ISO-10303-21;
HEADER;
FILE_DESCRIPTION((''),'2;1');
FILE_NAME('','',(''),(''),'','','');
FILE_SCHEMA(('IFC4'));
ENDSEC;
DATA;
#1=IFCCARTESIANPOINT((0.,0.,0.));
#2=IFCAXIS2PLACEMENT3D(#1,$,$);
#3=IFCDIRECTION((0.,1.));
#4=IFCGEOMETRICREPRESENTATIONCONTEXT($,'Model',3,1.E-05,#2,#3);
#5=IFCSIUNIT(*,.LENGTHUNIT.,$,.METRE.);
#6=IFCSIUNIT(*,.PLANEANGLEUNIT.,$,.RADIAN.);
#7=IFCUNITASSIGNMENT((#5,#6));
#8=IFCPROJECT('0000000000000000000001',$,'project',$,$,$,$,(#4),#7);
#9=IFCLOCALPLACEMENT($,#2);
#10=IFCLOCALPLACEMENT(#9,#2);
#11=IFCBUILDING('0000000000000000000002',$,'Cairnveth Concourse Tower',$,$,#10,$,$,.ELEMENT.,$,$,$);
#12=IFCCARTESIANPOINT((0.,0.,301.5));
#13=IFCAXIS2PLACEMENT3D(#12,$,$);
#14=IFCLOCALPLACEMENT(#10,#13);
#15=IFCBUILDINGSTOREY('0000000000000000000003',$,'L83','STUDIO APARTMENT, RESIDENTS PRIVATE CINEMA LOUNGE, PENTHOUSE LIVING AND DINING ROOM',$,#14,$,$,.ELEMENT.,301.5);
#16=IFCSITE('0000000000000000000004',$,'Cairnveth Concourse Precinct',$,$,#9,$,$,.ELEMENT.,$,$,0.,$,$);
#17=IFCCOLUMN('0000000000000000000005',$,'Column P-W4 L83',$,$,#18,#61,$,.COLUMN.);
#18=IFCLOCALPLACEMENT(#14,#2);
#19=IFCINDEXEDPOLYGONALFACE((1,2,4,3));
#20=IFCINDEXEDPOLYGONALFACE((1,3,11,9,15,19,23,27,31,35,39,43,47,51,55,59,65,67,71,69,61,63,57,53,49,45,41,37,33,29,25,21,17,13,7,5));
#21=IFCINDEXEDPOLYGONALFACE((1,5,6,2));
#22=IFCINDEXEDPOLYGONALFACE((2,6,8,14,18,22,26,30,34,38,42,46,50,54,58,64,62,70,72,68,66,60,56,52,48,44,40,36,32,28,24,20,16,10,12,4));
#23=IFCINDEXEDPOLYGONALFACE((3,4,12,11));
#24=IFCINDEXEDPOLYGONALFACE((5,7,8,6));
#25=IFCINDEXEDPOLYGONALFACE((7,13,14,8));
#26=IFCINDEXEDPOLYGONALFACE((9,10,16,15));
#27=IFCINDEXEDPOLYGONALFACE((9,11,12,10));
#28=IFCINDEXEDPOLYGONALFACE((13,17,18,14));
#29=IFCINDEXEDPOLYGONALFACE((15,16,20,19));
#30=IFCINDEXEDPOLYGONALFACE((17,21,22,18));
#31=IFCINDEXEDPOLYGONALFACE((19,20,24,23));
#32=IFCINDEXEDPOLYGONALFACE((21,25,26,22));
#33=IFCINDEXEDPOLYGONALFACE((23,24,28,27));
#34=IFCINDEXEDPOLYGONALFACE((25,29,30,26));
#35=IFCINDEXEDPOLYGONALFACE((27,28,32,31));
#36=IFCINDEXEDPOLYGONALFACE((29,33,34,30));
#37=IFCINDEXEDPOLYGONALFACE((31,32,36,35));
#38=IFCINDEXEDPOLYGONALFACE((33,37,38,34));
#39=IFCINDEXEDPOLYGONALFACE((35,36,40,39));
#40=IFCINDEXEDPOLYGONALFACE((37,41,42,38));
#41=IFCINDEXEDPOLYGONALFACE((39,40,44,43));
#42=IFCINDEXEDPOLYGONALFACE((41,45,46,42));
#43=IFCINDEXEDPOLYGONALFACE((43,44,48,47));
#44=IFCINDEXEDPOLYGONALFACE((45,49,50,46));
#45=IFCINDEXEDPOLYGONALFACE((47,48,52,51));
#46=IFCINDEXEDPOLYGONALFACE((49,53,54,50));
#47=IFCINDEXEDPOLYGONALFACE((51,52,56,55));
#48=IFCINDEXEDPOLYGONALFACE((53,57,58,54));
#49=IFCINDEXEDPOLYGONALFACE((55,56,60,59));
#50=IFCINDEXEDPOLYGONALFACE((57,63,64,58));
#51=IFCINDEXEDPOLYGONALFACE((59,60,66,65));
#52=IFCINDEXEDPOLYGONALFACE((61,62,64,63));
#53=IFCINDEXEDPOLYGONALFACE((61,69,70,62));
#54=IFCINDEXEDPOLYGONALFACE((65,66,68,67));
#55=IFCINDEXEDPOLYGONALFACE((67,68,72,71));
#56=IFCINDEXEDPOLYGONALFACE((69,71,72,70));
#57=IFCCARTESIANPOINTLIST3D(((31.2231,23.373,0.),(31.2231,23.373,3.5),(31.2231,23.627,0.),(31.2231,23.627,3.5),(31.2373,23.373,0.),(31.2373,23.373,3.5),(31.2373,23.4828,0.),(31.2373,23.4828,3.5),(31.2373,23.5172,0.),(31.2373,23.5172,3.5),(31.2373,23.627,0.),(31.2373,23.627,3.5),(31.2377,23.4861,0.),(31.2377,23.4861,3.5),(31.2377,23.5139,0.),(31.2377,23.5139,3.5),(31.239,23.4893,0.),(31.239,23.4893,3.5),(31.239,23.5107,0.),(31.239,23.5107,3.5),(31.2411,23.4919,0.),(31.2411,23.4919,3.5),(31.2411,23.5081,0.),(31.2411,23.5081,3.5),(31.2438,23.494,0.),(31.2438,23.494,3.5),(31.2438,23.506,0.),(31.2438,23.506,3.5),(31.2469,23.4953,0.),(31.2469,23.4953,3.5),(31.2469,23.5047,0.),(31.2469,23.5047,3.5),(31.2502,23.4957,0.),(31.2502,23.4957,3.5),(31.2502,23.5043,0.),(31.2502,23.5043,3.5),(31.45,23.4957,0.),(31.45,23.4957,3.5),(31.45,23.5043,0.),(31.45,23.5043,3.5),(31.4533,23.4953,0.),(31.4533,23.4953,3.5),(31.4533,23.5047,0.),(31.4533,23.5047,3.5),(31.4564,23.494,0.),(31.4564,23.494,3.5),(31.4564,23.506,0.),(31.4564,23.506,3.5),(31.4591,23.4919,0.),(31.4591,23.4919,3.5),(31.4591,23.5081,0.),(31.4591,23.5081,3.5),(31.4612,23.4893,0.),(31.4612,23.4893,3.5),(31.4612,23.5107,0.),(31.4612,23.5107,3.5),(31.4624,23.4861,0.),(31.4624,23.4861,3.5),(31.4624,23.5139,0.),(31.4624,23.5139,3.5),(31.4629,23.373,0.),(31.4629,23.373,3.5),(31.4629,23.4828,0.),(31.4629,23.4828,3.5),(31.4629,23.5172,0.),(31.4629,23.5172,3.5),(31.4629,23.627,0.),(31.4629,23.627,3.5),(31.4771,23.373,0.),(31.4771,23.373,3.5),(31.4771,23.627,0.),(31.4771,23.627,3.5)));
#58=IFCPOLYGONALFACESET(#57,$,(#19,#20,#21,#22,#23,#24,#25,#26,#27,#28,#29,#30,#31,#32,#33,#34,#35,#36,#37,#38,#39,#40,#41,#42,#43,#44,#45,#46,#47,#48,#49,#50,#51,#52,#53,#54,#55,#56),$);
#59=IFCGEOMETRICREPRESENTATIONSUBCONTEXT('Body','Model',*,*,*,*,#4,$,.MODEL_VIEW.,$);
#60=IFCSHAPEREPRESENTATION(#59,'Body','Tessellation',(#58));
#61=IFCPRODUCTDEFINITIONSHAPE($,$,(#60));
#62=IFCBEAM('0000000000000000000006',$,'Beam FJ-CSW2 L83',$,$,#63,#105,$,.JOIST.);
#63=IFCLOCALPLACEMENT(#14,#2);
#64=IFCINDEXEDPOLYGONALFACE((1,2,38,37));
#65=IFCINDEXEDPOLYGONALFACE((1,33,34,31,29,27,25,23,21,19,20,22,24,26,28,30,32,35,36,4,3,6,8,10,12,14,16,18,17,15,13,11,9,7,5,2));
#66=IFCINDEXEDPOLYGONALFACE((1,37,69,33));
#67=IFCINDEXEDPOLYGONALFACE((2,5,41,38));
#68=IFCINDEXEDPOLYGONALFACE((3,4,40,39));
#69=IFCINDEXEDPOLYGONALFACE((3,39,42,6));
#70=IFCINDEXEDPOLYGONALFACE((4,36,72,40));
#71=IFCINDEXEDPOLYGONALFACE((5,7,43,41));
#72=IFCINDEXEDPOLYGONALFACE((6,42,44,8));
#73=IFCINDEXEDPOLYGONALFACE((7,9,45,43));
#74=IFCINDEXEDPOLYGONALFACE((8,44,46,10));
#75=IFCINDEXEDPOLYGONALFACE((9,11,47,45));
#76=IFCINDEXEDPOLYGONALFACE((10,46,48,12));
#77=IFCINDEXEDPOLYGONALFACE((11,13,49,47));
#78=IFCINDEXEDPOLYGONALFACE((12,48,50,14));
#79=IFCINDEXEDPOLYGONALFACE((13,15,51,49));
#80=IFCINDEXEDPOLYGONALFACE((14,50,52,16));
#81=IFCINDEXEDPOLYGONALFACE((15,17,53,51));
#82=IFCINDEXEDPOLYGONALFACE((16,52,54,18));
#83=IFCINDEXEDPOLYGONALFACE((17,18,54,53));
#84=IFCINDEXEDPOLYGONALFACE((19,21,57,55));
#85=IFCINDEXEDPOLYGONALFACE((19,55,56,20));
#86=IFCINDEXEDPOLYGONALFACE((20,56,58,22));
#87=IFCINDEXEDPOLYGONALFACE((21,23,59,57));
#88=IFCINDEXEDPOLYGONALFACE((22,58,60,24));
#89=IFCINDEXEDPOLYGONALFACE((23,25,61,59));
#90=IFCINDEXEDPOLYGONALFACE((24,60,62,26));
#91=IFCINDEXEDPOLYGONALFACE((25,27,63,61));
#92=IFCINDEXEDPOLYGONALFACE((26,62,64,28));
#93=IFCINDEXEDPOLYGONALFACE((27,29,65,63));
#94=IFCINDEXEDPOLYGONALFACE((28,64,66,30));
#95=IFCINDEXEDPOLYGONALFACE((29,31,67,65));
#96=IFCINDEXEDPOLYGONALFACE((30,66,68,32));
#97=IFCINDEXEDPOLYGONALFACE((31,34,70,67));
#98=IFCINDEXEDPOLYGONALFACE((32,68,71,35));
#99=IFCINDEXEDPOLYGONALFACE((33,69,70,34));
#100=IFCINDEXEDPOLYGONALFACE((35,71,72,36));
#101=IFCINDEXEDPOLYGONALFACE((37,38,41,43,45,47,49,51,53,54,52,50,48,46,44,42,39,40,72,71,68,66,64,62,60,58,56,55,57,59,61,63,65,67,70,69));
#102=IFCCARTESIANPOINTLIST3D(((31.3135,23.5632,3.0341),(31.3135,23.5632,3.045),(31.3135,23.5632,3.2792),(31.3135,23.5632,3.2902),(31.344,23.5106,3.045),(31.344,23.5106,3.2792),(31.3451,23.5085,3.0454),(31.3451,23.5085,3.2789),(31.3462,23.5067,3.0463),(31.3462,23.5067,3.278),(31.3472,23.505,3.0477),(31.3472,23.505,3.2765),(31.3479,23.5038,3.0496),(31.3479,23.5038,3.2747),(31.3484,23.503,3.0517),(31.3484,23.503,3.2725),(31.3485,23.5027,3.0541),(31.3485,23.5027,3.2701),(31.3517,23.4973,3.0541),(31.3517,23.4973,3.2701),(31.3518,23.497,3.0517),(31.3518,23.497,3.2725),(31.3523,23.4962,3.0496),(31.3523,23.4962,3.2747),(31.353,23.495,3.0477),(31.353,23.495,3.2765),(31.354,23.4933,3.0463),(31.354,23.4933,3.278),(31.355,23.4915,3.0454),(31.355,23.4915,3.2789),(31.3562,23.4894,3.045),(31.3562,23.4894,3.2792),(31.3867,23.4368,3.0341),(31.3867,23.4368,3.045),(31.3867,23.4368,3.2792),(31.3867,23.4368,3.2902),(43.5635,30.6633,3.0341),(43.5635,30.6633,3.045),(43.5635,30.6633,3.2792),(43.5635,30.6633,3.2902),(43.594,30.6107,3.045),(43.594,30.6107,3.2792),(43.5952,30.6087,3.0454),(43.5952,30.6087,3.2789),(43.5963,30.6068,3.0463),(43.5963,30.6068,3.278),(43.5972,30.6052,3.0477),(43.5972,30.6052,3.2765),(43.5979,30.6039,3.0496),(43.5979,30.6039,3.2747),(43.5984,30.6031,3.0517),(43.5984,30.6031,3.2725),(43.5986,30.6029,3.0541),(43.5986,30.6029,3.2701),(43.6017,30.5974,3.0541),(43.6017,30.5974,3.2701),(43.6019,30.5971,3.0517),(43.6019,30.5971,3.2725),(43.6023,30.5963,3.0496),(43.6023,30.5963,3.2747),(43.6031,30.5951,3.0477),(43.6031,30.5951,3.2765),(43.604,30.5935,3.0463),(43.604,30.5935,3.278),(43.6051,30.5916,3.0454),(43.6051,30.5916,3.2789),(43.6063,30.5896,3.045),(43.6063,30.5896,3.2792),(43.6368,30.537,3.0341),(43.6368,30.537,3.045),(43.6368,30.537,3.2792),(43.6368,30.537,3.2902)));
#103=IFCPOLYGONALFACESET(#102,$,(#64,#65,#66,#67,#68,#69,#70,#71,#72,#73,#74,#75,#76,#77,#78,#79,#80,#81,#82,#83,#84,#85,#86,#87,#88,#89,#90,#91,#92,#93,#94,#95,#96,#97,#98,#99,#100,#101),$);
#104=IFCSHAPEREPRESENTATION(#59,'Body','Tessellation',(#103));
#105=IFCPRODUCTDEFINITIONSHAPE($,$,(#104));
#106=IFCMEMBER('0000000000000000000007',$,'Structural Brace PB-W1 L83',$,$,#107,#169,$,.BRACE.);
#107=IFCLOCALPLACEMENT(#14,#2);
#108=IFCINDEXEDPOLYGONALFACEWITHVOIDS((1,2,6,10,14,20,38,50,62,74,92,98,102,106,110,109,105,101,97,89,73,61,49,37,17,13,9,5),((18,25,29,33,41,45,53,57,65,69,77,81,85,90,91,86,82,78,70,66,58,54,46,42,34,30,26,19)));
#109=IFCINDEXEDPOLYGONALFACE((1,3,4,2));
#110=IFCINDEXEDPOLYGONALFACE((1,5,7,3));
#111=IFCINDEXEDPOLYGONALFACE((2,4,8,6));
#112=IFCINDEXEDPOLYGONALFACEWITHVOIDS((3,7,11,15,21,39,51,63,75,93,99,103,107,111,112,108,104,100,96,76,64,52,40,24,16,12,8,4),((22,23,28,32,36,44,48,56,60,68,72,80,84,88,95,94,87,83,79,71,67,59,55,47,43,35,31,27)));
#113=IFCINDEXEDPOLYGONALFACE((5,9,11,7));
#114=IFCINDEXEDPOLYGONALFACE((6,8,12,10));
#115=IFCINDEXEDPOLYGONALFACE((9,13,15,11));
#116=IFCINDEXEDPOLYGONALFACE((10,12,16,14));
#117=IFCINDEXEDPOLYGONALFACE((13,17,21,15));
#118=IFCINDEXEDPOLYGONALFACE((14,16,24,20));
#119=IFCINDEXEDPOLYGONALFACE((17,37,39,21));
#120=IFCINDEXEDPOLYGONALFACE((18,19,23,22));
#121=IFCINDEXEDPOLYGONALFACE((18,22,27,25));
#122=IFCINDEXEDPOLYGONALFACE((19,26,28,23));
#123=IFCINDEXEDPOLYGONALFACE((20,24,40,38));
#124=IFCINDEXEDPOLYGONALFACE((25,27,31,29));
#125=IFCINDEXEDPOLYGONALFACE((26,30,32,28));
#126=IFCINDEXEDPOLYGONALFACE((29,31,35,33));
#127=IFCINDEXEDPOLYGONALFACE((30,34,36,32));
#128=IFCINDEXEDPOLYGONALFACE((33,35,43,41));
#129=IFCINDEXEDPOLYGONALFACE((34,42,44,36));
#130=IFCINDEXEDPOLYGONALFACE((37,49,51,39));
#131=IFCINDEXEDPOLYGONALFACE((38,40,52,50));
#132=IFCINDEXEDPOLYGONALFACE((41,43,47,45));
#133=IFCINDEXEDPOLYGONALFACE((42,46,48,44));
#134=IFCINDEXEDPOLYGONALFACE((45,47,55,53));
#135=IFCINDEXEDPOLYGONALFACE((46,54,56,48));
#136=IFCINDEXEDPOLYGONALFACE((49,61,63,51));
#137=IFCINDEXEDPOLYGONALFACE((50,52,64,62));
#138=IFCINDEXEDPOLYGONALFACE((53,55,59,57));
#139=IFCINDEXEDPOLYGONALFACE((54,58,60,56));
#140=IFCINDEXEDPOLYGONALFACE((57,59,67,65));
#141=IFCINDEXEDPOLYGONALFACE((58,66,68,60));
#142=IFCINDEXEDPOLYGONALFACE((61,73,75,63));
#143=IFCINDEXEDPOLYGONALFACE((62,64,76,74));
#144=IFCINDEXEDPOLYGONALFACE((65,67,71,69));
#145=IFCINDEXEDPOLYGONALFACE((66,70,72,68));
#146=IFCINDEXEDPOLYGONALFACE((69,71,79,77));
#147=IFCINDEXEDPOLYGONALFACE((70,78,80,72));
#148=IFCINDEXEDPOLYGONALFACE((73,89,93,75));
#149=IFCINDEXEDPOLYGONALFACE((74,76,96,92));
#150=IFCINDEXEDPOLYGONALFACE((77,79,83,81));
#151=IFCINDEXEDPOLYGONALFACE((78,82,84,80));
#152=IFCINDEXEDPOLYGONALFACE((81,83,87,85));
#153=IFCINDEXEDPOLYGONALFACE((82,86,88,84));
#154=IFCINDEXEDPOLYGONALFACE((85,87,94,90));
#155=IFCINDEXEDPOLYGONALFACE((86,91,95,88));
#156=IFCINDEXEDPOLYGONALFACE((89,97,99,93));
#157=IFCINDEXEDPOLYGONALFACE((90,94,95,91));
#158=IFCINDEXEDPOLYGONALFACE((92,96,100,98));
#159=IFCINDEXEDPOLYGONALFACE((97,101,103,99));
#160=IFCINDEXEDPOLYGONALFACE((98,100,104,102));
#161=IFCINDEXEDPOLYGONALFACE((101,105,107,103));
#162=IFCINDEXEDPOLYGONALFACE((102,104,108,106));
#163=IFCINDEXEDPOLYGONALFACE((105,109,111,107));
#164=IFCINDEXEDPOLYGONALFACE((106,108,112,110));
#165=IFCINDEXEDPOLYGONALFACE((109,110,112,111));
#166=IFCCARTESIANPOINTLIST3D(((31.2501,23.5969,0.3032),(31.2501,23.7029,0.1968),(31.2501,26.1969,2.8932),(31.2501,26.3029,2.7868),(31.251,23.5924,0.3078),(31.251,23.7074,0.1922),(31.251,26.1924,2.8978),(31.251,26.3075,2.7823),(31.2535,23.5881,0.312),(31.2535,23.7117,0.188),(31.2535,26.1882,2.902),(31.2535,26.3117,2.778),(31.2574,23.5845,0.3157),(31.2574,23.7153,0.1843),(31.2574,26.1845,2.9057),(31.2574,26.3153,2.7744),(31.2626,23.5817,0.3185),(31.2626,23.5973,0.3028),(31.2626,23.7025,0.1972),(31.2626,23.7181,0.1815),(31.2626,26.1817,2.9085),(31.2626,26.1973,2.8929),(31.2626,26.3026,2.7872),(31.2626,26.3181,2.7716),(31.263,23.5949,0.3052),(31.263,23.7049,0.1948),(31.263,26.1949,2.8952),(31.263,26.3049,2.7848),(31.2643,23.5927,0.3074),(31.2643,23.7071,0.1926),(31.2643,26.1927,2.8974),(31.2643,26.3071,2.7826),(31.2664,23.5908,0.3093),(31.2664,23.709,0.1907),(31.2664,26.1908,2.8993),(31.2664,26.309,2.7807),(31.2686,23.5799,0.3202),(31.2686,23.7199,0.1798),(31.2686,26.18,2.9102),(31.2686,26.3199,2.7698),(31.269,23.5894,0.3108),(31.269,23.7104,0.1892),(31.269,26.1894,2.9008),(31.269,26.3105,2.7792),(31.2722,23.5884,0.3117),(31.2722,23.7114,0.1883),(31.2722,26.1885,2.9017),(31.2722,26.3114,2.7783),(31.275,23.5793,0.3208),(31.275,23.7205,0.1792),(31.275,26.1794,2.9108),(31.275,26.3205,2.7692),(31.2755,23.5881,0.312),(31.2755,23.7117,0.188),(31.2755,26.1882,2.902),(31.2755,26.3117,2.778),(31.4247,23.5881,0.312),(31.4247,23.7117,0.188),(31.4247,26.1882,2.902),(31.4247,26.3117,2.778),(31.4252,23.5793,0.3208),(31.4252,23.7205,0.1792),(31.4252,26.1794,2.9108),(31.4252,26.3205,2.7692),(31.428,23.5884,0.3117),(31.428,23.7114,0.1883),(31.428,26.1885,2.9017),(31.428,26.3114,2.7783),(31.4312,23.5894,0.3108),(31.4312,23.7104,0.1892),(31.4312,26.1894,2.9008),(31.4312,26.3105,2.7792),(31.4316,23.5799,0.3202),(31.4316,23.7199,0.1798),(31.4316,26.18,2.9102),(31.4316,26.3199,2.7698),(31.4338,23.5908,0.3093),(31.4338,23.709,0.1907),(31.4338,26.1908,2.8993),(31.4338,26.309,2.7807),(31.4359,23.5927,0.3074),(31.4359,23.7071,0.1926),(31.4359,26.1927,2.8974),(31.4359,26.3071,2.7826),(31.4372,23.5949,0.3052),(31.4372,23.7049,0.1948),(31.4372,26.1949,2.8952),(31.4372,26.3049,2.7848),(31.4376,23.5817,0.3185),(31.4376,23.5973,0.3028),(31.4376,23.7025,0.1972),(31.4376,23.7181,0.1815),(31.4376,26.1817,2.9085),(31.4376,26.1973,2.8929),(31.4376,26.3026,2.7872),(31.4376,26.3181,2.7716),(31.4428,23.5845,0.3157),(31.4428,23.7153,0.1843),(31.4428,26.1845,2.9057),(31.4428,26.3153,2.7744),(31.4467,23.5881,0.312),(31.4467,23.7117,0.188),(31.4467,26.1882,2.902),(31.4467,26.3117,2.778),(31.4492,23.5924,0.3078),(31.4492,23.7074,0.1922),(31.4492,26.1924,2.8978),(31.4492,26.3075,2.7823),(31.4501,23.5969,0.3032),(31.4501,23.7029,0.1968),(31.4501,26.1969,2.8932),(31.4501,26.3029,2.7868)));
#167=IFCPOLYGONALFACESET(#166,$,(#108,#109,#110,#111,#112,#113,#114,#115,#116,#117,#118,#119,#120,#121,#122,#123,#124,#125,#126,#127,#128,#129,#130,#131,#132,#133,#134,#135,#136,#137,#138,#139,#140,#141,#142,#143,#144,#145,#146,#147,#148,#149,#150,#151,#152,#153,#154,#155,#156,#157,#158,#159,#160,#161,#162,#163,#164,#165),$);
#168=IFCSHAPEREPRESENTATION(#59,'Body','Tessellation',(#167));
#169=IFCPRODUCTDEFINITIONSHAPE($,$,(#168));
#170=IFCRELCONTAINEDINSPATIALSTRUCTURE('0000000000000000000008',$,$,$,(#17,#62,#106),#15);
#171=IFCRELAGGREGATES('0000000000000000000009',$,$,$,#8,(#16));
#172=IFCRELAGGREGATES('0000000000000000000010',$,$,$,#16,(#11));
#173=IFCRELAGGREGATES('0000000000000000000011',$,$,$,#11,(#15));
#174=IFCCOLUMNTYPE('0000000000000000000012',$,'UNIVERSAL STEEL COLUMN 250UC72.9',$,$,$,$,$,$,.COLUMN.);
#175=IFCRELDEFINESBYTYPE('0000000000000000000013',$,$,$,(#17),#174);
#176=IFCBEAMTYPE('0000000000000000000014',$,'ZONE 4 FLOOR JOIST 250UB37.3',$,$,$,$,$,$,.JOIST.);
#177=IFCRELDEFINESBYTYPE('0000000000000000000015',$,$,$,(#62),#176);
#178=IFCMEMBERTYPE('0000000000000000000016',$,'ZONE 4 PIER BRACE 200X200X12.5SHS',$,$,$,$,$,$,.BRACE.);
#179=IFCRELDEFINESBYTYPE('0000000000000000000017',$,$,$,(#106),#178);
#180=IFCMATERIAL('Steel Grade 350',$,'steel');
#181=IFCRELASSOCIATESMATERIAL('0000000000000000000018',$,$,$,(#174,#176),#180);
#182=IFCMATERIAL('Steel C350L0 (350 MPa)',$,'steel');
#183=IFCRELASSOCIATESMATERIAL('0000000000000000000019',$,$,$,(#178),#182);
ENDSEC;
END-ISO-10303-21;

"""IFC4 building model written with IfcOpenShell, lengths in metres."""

from ifc_helpers import new_model, si_unit, direction, frame, origin, origin_2d, place, context, subcontext, project, spatial, hollow_rectangle, i_section, extrude, material, material_profile, profile_set, type_object, element, save


model = new_model("IFC4")

# Units and contexts
model_context = context("Model", 3, precision=1e-05, world=origin(), true_north=direction((0.0, 1.0)))
body_context = subcontext(model_context, "Body", "Model", "MODEL_VIEW")
ifc_project = project(units=[si_unit("LENGTHUNIT", "METRE"), si_unit("PLANEANGLEUNIT", "RADIAN")], contexts=[model_context])

# Site, building, storey
site_placement = place(None, origin())
site = spatial("IfcSite", under=ifc_project, at=site_placement, Name="Cairnveth Concourse Precinct", CompositionType="ELEMENT", RefElevation=0.0)
building_placement = place(site_placement, origin())
building = spatial("IfcBuilding", under=site, at=building_placement, Name="Cairnveth Concourse Tower", CompositionType="ELEMENT")
storey_placement = place(building_placement, frame((0.0, 0.0, 301.5)))
storey = spatial("IfcBuildingStorey", under=building, at=storey_placement, Name="L83", Description="STUDIO APARTMENT, RESIDENTS PRIVATE CINEMA LOUNGE, PENTHOUSE LIVING AND DINING ROOM", CompositionType="ELEMENT", Elevation=301.5)

# Column
ifc_material_1 = material(Name="Steel Grade 350", Category="steel")
ifc_material_profile_1 = material_profile(ifc_material_1, i_section(OverallWidth=0.2539, OverallDepth=0.2539, WebThickness=0.0085, FlangeThickness=0.0142, FilletRadius=0.0129, at=origin_2d()), Name="250UC72.9")
ifc_profile_set_1 = profile_set([ifc_material_profile_1], Name="Steel Grade 350")
column_type = type_object("IfcColumnType", Name="UNIVERSAL STEEL COLUMN 250UC72.9", PredefinedType="COLUMN", material=ifc_profile_set_1)
column_placement = place(storey_placement, frame((31.3501, 23.5, 0.0), z_axis=(0.0, 0.0, 1.0), x_axis=(0.0, 1.0, 0.0)))
element("IfcColumn", 1, at=column_placement, inside=storey, type_object=column_type, Name="Column P-W4 L83", PredefinedType="COLUMN", context=body_context, shape_type="SweptSolid", body=[
    extrude(i_section(OverallWidth=0.2539, OverallDepth=0.2539, WebThickness=0.0085, FlangeThickness=0.0142, FilletRadius=0.0129, at=origin_2d()), origin(), (0.0, 0.0, 1.0), 3.5),
])

# Beam
ifc_material_profile_2 = material_profile(ifc_material_1, i_section(OverallWidth=0.146, OverallDepth=0.2561, WebThickness=0.0063, FlangeThickness=0.011, FilletRadius=0.009, at=origin_2d()), Name="250UB37.3")
ifc_profile_set_2 = profile_set([ifc_material_profile_2], Name="Steel Grade 350")
beam_type_1 = type_object("IfcBeamType", Name="ZONE 4 FLOOR JOIST 250UB37.3", PredefinedType="JOIST", material=ifc_profile_set_2)
beam_1_placement = place(storey_placement, frame((31.3501, 23.5, 3.1621), z_axis=(0.865181, 0.501459, 0.0), x_axis=(-0.501459, 0.865181, 0.0)))
element("IfcBeam", 2, at=beam_1_placement, inside=storey, type_object=beam_type_1, Name="Beam FJ-CSW2 L83", PredefinedType="JOIST", context=body_context, shape_type="SweptSolid", body=[
    extrude(i_section(OverallWidth=0.146, OverallDepth=0.2561, WebThickness=0.0063, FlangeThickness=0.011, FilletRadius=0.009, at=origin_2d()), origin(), (0.0, 0.0, 1.0), 14.1589),
])

# Member
ifc_material_2 = material(Name="Steel C350L0 (350 MPa)", Category="steel")
ifc_material_profile_3 = material_profile(ifc_material_2, hollow_rectangle(XDim=0.2, YDim=0.2, WallThickness=0.0125, InnerFilletRadius=0.0129, OuterFilletRadius=0.0249, at=origin_2d()), Name="200x200x12.5SHS")
ifc_profile_set_3 = profile_set([ifc_material_profile_3], Name="Steel C350L0 (350 MPa)")
member_type = type_object("IfcMemberType", Name="ZONE 4 PIER BRACE 200X200X12.5SHS", PredefinedType="BRACE", material=ifc_profile_set_3)
member_placement = place(storey_placement, frame((31.3501, 23.6499, 0.25), z_axis=(0.0, 0.708469, 0.705742), x_axis=(-1.0, 0.0, 0.0)))
element("IfcMember", 3, at=member_placement, inside=storey, type_object=member_type, Name="Structural Brace PB-W1 L83", PredefinedType="BRACE", context=body_context, shape_type="SweptSolid", body=[
    extrude(hollow_rectangle(XDim=0.2, YDim=0.2, WallThickness=0.0125, InnerFilletRadius=0.0129, OuterFilletRadius=0.0249, at=origin_2d()), origin(), (0.0, 0.0, 1.0), 3.6699),
])

save(model, "model.ifc")
